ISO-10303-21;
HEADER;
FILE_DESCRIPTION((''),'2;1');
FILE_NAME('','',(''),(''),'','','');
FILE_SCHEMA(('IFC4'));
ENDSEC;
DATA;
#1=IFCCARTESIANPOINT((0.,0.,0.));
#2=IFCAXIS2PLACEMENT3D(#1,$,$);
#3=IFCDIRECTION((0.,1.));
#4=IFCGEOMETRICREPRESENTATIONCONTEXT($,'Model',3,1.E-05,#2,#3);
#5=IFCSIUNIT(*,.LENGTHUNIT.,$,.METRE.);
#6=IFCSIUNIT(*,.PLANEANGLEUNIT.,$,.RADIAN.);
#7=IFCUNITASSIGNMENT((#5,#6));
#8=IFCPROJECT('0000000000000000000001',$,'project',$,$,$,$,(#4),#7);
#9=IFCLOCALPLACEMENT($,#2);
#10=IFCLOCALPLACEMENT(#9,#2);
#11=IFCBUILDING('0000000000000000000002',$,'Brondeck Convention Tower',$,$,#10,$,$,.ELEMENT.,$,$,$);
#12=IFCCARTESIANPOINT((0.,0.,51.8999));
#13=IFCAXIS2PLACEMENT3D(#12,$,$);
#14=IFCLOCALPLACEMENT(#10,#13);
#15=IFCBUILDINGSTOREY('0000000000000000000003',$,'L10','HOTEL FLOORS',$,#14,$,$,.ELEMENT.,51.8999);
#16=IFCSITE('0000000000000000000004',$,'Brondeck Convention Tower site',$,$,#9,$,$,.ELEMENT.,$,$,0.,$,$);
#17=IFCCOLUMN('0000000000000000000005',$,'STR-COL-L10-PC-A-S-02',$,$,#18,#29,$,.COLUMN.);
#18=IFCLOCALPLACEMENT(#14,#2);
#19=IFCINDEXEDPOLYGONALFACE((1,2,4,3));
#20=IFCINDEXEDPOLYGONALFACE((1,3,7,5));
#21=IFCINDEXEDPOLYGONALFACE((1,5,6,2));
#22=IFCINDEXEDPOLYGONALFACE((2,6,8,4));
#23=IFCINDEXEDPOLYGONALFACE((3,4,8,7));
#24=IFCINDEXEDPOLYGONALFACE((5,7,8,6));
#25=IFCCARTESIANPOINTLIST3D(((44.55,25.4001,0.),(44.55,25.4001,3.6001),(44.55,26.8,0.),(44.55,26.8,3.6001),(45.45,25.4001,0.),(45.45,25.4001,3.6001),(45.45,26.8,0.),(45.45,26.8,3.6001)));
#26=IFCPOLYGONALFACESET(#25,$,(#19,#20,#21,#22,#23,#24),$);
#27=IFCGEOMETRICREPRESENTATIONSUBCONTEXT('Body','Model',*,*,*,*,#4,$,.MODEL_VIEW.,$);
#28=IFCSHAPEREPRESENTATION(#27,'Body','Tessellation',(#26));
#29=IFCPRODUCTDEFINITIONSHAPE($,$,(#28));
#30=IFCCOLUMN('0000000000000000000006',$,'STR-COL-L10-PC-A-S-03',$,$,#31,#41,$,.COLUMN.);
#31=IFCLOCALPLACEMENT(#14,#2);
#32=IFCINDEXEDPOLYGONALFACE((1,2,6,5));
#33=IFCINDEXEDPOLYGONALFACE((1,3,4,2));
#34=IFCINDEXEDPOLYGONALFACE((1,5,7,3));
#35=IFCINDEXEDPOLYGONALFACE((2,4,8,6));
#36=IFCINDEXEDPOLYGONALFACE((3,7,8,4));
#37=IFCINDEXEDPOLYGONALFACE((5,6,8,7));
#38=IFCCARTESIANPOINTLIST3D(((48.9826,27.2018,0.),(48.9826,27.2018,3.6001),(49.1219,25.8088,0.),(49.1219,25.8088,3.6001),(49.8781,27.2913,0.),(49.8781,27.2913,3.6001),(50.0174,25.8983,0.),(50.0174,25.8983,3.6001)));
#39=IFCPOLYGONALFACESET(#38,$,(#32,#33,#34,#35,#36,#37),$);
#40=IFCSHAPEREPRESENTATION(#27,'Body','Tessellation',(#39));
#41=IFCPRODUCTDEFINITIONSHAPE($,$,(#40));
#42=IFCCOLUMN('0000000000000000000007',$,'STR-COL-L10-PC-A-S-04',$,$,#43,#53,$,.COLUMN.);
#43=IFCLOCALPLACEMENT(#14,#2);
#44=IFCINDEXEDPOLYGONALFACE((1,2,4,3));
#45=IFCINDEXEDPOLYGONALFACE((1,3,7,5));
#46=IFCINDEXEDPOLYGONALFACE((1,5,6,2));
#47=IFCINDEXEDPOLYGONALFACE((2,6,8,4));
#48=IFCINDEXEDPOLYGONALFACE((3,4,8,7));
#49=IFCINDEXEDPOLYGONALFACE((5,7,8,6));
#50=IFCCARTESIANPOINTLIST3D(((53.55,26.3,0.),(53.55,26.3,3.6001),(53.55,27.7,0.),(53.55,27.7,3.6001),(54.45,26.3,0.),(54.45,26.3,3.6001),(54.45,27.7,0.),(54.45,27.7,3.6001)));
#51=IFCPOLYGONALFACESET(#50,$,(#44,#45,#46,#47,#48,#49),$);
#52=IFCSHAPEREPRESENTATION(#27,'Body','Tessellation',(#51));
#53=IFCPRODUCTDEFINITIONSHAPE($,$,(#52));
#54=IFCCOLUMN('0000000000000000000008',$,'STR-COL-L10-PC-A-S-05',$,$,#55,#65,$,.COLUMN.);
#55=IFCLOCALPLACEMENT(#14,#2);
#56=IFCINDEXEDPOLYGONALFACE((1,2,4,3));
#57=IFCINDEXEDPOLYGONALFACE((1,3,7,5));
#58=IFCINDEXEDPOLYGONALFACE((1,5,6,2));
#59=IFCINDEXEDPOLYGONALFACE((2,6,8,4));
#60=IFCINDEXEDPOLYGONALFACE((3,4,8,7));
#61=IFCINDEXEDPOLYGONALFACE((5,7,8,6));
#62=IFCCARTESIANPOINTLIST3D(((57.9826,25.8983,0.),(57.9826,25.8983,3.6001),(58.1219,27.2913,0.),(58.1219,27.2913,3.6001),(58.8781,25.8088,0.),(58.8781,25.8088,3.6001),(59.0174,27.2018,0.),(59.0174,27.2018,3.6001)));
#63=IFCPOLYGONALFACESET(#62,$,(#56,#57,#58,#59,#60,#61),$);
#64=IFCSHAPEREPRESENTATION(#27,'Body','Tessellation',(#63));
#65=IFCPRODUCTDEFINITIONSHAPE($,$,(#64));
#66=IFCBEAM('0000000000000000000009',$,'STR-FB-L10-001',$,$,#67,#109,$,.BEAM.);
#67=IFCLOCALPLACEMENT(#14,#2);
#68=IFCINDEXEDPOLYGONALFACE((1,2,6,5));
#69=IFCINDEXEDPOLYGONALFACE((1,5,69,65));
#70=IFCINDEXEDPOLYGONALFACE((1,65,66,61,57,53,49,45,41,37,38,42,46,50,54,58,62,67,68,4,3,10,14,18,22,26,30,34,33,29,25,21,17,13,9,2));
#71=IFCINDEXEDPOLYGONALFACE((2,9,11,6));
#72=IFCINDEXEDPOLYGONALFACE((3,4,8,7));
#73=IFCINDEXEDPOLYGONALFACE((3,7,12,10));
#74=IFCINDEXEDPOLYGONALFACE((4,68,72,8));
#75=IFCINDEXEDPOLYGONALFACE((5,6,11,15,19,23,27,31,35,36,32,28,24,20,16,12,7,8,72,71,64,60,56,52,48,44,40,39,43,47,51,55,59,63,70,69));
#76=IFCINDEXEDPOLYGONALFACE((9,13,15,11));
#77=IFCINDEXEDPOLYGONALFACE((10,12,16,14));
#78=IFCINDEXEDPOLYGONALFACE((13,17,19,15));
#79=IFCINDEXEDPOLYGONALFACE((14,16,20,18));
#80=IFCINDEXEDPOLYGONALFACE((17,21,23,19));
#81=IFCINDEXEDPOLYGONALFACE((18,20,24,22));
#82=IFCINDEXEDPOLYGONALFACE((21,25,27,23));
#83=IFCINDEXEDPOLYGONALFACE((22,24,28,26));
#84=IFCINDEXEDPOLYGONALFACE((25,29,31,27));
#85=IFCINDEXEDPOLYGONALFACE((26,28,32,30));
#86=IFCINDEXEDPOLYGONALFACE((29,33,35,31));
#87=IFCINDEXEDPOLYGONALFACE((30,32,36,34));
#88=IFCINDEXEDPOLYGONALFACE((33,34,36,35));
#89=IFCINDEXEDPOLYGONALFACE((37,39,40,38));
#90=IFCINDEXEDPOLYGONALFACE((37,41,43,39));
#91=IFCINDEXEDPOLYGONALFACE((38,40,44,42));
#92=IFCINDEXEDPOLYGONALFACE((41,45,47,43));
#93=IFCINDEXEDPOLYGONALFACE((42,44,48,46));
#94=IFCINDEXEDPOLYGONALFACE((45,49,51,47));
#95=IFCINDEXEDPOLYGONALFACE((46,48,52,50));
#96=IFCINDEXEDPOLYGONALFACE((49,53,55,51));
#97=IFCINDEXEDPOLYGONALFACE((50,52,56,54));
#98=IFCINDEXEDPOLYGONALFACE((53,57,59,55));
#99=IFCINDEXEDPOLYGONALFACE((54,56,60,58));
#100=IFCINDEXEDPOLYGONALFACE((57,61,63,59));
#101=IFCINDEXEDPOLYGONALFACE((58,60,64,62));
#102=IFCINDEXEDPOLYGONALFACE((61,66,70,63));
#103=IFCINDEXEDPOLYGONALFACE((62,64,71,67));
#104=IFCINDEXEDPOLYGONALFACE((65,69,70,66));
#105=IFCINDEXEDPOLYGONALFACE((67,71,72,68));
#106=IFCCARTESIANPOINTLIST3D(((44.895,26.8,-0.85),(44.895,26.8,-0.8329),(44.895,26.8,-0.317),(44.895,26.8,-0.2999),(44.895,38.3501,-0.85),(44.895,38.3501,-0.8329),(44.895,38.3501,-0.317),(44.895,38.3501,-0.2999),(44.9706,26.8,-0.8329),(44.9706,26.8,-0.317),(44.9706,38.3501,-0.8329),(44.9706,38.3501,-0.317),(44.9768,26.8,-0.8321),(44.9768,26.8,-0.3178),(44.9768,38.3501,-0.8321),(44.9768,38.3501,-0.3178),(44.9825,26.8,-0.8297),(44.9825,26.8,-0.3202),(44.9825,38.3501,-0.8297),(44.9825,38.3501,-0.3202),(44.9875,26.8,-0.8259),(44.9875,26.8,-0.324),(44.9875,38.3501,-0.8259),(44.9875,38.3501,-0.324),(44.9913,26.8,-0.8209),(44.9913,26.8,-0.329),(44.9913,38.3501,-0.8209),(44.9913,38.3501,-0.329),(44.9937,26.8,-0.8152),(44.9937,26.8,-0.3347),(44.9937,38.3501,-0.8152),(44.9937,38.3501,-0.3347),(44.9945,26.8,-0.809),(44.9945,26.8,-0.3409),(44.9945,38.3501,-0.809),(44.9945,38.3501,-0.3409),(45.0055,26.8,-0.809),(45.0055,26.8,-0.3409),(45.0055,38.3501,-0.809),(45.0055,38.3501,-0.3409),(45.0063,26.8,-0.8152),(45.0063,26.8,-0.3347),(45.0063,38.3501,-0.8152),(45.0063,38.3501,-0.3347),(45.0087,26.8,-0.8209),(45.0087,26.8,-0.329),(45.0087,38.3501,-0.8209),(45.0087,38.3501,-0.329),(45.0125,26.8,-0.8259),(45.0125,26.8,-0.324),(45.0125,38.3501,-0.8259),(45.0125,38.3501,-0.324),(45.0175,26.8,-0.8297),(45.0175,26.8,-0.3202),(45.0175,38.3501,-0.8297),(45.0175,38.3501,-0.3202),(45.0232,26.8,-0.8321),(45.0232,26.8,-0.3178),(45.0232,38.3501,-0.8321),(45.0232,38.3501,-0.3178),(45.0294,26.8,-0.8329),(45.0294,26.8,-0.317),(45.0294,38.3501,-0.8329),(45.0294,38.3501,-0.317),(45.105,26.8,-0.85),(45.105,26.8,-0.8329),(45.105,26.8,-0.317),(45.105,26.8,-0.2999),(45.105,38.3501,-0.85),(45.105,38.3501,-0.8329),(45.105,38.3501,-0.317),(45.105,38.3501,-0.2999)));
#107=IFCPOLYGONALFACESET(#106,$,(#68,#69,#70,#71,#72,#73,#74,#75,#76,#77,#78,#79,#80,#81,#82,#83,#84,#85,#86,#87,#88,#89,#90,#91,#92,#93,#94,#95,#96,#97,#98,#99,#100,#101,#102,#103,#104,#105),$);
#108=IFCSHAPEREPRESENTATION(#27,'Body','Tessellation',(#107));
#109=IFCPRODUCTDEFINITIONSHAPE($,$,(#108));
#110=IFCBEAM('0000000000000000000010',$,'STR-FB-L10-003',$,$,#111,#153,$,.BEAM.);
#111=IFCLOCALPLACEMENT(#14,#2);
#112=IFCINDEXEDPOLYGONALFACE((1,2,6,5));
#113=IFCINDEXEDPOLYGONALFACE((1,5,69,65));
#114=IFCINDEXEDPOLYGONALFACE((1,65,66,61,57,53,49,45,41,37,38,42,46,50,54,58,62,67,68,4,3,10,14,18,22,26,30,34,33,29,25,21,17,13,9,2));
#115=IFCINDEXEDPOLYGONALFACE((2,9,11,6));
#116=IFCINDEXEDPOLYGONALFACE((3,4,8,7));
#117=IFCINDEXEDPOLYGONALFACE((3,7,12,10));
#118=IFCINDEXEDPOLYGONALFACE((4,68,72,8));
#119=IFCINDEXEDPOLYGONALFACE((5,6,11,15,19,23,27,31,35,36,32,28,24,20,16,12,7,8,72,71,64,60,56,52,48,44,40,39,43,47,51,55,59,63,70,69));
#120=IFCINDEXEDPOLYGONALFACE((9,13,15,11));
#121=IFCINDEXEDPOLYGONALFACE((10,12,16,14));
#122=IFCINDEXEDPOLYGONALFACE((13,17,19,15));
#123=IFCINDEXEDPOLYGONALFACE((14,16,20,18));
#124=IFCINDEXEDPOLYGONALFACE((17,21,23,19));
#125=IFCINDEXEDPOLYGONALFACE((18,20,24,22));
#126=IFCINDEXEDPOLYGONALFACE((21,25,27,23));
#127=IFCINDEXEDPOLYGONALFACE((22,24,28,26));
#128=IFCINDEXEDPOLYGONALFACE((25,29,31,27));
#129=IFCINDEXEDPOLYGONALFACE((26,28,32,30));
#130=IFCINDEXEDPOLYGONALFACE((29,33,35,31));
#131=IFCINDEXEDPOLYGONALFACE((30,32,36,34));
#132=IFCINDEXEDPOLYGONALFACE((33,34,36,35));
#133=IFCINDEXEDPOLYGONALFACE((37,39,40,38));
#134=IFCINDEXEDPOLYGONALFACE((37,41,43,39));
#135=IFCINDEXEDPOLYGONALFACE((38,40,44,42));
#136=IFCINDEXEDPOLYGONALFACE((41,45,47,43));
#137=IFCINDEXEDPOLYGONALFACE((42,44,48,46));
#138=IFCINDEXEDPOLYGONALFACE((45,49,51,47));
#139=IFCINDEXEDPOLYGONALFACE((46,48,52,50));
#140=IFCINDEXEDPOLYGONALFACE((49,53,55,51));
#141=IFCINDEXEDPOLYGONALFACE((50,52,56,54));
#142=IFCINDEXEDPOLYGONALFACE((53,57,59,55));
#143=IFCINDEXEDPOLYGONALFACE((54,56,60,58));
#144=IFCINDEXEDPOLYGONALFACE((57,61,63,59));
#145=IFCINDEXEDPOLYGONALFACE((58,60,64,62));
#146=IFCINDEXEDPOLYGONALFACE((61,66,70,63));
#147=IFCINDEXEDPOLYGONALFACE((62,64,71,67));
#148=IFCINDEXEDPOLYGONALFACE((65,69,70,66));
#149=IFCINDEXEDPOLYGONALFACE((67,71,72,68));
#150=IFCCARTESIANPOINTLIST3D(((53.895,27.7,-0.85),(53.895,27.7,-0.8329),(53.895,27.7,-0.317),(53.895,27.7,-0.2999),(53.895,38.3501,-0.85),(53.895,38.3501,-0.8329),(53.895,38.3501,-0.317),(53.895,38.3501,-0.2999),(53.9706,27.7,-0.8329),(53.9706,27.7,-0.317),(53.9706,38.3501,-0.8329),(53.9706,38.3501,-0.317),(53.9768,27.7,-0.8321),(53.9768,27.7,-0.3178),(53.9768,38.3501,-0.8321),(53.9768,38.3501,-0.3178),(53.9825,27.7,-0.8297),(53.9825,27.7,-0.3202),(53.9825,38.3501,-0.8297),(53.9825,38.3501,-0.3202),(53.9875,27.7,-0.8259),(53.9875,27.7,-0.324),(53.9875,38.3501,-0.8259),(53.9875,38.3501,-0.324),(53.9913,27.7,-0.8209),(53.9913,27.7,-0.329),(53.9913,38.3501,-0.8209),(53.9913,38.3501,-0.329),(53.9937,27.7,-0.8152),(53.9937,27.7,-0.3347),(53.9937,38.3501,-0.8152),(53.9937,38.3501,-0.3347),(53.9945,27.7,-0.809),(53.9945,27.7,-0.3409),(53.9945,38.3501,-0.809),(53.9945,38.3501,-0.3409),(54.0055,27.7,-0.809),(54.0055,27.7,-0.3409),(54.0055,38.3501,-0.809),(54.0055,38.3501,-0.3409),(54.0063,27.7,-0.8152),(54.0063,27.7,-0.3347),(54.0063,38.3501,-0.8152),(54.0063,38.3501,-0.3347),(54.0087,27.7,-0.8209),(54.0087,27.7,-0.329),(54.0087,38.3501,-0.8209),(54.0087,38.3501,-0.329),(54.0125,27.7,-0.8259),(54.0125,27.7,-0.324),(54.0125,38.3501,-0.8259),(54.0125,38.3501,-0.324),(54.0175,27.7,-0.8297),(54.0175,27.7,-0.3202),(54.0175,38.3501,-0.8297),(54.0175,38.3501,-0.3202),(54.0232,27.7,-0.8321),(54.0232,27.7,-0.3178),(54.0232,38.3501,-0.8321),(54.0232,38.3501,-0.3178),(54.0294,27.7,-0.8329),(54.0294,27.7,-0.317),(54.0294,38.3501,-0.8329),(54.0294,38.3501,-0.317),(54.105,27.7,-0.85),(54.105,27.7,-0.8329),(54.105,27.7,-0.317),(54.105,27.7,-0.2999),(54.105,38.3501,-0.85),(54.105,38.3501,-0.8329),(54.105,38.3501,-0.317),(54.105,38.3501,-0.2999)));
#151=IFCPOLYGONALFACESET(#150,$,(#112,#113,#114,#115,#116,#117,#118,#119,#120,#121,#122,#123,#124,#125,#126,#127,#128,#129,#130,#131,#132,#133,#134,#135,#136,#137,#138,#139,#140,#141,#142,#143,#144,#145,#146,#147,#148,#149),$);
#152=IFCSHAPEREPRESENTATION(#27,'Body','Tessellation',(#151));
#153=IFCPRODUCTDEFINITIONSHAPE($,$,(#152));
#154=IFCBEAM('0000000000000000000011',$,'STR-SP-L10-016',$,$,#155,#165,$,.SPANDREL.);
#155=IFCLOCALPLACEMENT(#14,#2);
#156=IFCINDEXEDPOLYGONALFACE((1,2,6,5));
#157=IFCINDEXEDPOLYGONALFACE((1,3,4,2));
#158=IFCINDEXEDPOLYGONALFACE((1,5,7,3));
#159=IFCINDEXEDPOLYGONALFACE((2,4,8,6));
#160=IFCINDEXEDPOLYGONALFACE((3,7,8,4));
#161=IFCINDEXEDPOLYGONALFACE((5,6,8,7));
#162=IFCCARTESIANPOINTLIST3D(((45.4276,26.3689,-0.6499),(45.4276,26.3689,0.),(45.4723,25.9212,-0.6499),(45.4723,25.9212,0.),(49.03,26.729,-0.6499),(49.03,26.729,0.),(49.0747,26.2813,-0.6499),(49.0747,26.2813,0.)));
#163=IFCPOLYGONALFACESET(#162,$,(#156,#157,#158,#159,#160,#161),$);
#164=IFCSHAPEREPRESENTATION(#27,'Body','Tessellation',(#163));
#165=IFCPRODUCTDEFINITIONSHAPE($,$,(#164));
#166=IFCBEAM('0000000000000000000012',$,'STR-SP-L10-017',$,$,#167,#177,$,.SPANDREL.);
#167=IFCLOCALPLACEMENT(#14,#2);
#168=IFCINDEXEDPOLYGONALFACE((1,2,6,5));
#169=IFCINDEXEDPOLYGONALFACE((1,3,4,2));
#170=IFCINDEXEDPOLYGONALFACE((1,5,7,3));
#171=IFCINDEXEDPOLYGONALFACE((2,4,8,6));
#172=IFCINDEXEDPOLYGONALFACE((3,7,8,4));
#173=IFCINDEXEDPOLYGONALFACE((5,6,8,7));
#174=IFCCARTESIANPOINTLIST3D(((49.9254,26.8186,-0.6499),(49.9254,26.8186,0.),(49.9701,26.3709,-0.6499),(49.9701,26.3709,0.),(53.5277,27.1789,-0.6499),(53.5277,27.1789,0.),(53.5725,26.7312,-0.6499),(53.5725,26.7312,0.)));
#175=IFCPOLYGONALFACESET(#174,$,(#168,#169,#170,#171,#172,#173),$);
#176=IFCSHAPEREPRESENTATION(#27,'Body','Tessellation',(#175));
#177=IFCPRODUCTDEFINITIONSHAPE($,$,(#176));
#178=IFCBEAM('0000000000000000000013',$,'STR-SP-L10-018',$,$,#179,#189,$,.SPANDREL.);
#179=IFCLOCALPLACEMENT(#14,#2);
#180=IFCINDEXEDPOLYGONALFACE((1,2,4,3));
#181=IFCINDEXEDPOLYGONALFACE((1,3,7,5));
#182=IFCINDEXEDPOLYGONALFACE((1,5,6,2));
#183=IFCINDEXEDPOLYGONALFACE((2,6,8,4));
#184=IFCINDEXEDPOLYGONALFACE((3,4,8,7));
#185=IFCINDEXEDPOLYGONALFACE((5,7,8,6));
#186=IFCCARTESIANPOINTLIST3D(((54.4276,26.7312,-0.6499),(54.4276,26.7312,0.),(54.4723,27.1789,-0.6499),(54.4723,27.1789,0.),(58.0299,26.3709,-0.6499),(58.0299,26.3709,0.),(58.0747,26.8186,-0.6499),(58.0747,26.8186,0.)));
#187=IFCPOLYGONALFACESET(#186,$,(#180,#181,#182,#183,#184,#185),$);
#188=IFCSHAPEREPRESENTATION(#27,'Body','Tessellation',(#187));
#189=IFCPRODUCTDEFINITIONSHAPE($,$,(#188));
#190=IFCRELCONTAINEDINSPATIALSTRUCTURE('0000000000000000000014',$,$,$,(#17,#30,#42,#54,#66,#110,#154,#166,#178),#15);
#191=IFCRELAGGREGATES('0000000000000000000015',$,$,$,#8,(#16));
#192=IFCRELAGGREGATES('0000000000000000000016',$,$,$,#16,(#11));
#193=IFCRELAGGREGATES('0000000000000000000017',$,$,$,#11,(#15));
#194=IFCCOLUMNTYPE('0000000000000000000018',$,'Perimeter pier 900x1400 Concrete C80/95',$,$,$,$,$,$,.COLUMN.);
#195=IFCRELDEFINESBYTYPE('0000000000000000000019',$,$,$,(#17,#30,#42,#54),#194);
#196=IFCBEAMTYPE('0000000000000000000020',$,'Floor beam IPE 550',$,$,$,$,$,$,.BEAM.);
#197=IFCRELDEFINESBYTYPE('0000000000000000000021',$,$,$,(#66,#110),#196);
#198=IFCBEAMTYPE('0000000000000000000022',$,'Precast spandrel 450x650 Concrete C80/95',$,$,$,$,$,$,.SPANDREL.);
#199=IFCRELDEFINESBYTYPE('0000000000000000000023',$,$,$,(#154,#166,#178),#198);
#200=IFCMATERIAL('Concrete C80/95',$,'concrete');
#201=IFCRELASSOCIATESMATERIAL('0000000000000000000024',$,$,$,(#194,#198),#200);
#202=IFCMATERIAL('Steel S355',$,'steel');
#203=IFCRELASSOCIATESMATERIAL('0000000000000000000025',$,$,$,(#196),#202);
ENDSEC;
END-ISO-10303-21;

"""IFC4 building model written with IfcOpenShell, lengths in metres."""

from ifc_helpers import new_model, si_unit, direction, frame, origin, origin_2d, place, context, subcontext, project, spatial, rectangle, i_section, extrude, material, material_profile, profile_set, type_object, element, save


model = new_model("IFC4")

# Units and contexts
model_context = context("Model", 3, precision=1e-05, world=origin(), true_north=direction((0.0, 1.0)))
body_context = subcontext(model_context, "Body", "Model", "MODEL_VIEW")
ifc_project = project(units=[si_unit("LENGTHUNIT", "METRE"), si_unit("PLANEANGLEUNIT", "RADIAN")], contexts=[model_context])

# Site, building, storey
site_placement = place(None, origin())
site = spatial("IfcSite", under=ifc_project, at=site_placement, Name="Brondeck Convention Tower site", CompositionType="ELEMENT", RefElevation=0.0)
building_placement = place(site_placement, origin())
building = spatial("IfcBuilding", under=site, at=building_placement, Name="Brondeck Convention Tower", CompositionType="ELEMENT")
storey_placement = place(building_placement, frame((0.0, 0.0, 51.8999)))
storey = spatial("IfcBuildingStorey", under=building, at=storey_placement, Name="L10", Description="HOTEL FLOORS", CompositionType="ELEMENT", Elevation=51.8999)

# Columns
ifc_material_1 = material(Name="Concrete C80/95", Category="concrete")
ifc_material_profile_1 = material_profile(ifc_material_1, rectangle(XDim=0.8999, YDim=1.3999, at=origin_2d()), Name="Perimeter pier 900x1400 Concrete C80/95")
ifc_profile_set_1 = profile_set([ifc_material_profile_1], Name="Concrete C80/95")
column_type = type_object("IfcColumnType", Name="Perimeter pier 900x1400 Concrete C80/95", PredefinedType="COLUMN", material=ifc_profile_set_1)
for number, where, z_axis, x_axis, name in (
    (1, (45.0, 26.1001, 0.0), (0.0, 0.0, 1.0), (1.0, 0.0, 0.0), "STR-COL-L10-PC-A-S-02"),
    (2, (49.5, 26.55, 0.0), (0.0, 0.0, 1.0), (0.995037, 0.099504, 0.0), "STR-COL-L10-PC-A-S-03"),
    (3, (54.0, 27.0, 0.0), (0.0, 0.0, 1.0), (1.0, 0.0, 0.0), "STR-COL-L10-PC-A-S-04"),
    (4, (58.5, 26.55, 0.0), (0.0, 0.0, 1.0), (0.995037, -0.099504, 0.0), "STR-COL-L10-PC-A-S-05"),
):
    element("IfcColumn", number, at=place(storey_placement, frame(where, z_axis=z_axis, x_axis=x_axis)), inside=storey, type_object=column_type, Name=name, PredefinedType="COLUMN", context=body_context, shape_type="SweptSolid", body=[
        extrude(rectangle(XDim=0.8999, YDim=1.3999, at=origin_2d()), origin(), (0.0, 0.0, 1.0), 3.6001),
    ])

# Beams
ifc_material_2 = material(Name="Steel S355", Category="steel")
ifc_material_profile_2 = material_profile(ifc_material_2, i_section(OverallWidth=0.21, OverallDepth=0.55, WebThickness=0.011, FlangeThickness=0.0171, FilletRadius=0.0239, at=origin_2d()), Name="IPE 550")
ifc_profile_set_2 = profile_set([ifc_material_profile_2], Name="Steel S355")
beam_type_1 = type_object("IfcBeamType", Name="Floor beam IPE 550", PredefinedType="BEAM", material=ifc_profile_set_2)
beam_1_placement = place(storey_placement, frame((45.0, 26.8, -0.575), z_axis=(0.0, 1.0, 0.0), x_axis=(-1.0, 0.0, 0.0)))
element("IfcBeam", 5, at=beam_1_placement, inside=storey, type_object=beam_type_1, Name="STR-FB-L10-001", PredefinedType="BEAM", context=body_context, shape_type="SweptSolid", body=[
    extrude(i_section(OverallWidth=0.21, OverallDepth=0.55, WebThickness=0.011, FlangeThickness=0.0171, FilletRadius=0.0239, at=origin_2d()), origin(), (0.0, 0.0, 1.0), 11.55),
])
beam_2_placement = place(storey_placement, frame((54.0, 27.7, -0.575), z_axis=(0.0, 1.0, 0.0), x_axis=(-1.0, 0.0, 0.0)))
element("IfcBeam", 6, at=beam_2_placement, inside=storey, type_object=beam_type_1, Name="STR-FB-L10-003", PredefinedType="BEAM", context=body_context, shape_type="SweptSolid", body=[
    extrude(i_section(OverallWidth=0.21, OverallDepth=0.55, WebThickness=0.011, FlangeThickness=0.0171, FilletRadius=0.0239, at=origin_2d()), origin(), (0.0, 0.0, 1.0), 10.6501),
])
ifc_material_profile_3 = material_profile(ifc_material_1, rectangle(XDim=0.45, YDim=0.6499, at=origin_2d()), Name="Precast spandrel 450x650 Concrete C80/95")
ifc_profile_set_3 = profile_set([ifc_material_profile_3], Name="Concrete C80/95")
beam_type_2 = type_object("IfcBeamType", Name="Precast spandrel 450x650 Concrete C80/95", PredefinedType="SPANDREL", material=ifc_profile_set_3)
for number, where, z_axis, x_axis, name in (
    (7, (45.45, 26.145, -0.325), (0.995041, 0.09947, 0.0), (-0.09947, 0.995041, 0.0), "STR-SP-L10-016"),
    (8, (49.9478, 26.5947, -0.325), (0.995034, 0.099537, 0.0), (-0.099537, 0.995034, 0.0), "STR-SP-L10-017"),
    (9, (54.45, 26.9551, -0.325), (0.995034, -0.099537, 0.0), (0.099537, 0.995034, 0.0), "STR-SP-L10-018"),
):
    element("IfcBeam", number, at=place(storey_placement, frame(where, z_axis=z_axis, x_axis=x_axis)), inside=storey, type_object=beam_type_2, Name=name, PredefinedType="SPANDREL", context=body_context, shape_type="SweptSolid", body=[
        extrude(rectangle(XDim=0.45, YDim=0.6499, at=origin_2d()), origin(), (0.0, 0.0, 1.0), 3.6204),
    ])

save(model, "model.ifc")
